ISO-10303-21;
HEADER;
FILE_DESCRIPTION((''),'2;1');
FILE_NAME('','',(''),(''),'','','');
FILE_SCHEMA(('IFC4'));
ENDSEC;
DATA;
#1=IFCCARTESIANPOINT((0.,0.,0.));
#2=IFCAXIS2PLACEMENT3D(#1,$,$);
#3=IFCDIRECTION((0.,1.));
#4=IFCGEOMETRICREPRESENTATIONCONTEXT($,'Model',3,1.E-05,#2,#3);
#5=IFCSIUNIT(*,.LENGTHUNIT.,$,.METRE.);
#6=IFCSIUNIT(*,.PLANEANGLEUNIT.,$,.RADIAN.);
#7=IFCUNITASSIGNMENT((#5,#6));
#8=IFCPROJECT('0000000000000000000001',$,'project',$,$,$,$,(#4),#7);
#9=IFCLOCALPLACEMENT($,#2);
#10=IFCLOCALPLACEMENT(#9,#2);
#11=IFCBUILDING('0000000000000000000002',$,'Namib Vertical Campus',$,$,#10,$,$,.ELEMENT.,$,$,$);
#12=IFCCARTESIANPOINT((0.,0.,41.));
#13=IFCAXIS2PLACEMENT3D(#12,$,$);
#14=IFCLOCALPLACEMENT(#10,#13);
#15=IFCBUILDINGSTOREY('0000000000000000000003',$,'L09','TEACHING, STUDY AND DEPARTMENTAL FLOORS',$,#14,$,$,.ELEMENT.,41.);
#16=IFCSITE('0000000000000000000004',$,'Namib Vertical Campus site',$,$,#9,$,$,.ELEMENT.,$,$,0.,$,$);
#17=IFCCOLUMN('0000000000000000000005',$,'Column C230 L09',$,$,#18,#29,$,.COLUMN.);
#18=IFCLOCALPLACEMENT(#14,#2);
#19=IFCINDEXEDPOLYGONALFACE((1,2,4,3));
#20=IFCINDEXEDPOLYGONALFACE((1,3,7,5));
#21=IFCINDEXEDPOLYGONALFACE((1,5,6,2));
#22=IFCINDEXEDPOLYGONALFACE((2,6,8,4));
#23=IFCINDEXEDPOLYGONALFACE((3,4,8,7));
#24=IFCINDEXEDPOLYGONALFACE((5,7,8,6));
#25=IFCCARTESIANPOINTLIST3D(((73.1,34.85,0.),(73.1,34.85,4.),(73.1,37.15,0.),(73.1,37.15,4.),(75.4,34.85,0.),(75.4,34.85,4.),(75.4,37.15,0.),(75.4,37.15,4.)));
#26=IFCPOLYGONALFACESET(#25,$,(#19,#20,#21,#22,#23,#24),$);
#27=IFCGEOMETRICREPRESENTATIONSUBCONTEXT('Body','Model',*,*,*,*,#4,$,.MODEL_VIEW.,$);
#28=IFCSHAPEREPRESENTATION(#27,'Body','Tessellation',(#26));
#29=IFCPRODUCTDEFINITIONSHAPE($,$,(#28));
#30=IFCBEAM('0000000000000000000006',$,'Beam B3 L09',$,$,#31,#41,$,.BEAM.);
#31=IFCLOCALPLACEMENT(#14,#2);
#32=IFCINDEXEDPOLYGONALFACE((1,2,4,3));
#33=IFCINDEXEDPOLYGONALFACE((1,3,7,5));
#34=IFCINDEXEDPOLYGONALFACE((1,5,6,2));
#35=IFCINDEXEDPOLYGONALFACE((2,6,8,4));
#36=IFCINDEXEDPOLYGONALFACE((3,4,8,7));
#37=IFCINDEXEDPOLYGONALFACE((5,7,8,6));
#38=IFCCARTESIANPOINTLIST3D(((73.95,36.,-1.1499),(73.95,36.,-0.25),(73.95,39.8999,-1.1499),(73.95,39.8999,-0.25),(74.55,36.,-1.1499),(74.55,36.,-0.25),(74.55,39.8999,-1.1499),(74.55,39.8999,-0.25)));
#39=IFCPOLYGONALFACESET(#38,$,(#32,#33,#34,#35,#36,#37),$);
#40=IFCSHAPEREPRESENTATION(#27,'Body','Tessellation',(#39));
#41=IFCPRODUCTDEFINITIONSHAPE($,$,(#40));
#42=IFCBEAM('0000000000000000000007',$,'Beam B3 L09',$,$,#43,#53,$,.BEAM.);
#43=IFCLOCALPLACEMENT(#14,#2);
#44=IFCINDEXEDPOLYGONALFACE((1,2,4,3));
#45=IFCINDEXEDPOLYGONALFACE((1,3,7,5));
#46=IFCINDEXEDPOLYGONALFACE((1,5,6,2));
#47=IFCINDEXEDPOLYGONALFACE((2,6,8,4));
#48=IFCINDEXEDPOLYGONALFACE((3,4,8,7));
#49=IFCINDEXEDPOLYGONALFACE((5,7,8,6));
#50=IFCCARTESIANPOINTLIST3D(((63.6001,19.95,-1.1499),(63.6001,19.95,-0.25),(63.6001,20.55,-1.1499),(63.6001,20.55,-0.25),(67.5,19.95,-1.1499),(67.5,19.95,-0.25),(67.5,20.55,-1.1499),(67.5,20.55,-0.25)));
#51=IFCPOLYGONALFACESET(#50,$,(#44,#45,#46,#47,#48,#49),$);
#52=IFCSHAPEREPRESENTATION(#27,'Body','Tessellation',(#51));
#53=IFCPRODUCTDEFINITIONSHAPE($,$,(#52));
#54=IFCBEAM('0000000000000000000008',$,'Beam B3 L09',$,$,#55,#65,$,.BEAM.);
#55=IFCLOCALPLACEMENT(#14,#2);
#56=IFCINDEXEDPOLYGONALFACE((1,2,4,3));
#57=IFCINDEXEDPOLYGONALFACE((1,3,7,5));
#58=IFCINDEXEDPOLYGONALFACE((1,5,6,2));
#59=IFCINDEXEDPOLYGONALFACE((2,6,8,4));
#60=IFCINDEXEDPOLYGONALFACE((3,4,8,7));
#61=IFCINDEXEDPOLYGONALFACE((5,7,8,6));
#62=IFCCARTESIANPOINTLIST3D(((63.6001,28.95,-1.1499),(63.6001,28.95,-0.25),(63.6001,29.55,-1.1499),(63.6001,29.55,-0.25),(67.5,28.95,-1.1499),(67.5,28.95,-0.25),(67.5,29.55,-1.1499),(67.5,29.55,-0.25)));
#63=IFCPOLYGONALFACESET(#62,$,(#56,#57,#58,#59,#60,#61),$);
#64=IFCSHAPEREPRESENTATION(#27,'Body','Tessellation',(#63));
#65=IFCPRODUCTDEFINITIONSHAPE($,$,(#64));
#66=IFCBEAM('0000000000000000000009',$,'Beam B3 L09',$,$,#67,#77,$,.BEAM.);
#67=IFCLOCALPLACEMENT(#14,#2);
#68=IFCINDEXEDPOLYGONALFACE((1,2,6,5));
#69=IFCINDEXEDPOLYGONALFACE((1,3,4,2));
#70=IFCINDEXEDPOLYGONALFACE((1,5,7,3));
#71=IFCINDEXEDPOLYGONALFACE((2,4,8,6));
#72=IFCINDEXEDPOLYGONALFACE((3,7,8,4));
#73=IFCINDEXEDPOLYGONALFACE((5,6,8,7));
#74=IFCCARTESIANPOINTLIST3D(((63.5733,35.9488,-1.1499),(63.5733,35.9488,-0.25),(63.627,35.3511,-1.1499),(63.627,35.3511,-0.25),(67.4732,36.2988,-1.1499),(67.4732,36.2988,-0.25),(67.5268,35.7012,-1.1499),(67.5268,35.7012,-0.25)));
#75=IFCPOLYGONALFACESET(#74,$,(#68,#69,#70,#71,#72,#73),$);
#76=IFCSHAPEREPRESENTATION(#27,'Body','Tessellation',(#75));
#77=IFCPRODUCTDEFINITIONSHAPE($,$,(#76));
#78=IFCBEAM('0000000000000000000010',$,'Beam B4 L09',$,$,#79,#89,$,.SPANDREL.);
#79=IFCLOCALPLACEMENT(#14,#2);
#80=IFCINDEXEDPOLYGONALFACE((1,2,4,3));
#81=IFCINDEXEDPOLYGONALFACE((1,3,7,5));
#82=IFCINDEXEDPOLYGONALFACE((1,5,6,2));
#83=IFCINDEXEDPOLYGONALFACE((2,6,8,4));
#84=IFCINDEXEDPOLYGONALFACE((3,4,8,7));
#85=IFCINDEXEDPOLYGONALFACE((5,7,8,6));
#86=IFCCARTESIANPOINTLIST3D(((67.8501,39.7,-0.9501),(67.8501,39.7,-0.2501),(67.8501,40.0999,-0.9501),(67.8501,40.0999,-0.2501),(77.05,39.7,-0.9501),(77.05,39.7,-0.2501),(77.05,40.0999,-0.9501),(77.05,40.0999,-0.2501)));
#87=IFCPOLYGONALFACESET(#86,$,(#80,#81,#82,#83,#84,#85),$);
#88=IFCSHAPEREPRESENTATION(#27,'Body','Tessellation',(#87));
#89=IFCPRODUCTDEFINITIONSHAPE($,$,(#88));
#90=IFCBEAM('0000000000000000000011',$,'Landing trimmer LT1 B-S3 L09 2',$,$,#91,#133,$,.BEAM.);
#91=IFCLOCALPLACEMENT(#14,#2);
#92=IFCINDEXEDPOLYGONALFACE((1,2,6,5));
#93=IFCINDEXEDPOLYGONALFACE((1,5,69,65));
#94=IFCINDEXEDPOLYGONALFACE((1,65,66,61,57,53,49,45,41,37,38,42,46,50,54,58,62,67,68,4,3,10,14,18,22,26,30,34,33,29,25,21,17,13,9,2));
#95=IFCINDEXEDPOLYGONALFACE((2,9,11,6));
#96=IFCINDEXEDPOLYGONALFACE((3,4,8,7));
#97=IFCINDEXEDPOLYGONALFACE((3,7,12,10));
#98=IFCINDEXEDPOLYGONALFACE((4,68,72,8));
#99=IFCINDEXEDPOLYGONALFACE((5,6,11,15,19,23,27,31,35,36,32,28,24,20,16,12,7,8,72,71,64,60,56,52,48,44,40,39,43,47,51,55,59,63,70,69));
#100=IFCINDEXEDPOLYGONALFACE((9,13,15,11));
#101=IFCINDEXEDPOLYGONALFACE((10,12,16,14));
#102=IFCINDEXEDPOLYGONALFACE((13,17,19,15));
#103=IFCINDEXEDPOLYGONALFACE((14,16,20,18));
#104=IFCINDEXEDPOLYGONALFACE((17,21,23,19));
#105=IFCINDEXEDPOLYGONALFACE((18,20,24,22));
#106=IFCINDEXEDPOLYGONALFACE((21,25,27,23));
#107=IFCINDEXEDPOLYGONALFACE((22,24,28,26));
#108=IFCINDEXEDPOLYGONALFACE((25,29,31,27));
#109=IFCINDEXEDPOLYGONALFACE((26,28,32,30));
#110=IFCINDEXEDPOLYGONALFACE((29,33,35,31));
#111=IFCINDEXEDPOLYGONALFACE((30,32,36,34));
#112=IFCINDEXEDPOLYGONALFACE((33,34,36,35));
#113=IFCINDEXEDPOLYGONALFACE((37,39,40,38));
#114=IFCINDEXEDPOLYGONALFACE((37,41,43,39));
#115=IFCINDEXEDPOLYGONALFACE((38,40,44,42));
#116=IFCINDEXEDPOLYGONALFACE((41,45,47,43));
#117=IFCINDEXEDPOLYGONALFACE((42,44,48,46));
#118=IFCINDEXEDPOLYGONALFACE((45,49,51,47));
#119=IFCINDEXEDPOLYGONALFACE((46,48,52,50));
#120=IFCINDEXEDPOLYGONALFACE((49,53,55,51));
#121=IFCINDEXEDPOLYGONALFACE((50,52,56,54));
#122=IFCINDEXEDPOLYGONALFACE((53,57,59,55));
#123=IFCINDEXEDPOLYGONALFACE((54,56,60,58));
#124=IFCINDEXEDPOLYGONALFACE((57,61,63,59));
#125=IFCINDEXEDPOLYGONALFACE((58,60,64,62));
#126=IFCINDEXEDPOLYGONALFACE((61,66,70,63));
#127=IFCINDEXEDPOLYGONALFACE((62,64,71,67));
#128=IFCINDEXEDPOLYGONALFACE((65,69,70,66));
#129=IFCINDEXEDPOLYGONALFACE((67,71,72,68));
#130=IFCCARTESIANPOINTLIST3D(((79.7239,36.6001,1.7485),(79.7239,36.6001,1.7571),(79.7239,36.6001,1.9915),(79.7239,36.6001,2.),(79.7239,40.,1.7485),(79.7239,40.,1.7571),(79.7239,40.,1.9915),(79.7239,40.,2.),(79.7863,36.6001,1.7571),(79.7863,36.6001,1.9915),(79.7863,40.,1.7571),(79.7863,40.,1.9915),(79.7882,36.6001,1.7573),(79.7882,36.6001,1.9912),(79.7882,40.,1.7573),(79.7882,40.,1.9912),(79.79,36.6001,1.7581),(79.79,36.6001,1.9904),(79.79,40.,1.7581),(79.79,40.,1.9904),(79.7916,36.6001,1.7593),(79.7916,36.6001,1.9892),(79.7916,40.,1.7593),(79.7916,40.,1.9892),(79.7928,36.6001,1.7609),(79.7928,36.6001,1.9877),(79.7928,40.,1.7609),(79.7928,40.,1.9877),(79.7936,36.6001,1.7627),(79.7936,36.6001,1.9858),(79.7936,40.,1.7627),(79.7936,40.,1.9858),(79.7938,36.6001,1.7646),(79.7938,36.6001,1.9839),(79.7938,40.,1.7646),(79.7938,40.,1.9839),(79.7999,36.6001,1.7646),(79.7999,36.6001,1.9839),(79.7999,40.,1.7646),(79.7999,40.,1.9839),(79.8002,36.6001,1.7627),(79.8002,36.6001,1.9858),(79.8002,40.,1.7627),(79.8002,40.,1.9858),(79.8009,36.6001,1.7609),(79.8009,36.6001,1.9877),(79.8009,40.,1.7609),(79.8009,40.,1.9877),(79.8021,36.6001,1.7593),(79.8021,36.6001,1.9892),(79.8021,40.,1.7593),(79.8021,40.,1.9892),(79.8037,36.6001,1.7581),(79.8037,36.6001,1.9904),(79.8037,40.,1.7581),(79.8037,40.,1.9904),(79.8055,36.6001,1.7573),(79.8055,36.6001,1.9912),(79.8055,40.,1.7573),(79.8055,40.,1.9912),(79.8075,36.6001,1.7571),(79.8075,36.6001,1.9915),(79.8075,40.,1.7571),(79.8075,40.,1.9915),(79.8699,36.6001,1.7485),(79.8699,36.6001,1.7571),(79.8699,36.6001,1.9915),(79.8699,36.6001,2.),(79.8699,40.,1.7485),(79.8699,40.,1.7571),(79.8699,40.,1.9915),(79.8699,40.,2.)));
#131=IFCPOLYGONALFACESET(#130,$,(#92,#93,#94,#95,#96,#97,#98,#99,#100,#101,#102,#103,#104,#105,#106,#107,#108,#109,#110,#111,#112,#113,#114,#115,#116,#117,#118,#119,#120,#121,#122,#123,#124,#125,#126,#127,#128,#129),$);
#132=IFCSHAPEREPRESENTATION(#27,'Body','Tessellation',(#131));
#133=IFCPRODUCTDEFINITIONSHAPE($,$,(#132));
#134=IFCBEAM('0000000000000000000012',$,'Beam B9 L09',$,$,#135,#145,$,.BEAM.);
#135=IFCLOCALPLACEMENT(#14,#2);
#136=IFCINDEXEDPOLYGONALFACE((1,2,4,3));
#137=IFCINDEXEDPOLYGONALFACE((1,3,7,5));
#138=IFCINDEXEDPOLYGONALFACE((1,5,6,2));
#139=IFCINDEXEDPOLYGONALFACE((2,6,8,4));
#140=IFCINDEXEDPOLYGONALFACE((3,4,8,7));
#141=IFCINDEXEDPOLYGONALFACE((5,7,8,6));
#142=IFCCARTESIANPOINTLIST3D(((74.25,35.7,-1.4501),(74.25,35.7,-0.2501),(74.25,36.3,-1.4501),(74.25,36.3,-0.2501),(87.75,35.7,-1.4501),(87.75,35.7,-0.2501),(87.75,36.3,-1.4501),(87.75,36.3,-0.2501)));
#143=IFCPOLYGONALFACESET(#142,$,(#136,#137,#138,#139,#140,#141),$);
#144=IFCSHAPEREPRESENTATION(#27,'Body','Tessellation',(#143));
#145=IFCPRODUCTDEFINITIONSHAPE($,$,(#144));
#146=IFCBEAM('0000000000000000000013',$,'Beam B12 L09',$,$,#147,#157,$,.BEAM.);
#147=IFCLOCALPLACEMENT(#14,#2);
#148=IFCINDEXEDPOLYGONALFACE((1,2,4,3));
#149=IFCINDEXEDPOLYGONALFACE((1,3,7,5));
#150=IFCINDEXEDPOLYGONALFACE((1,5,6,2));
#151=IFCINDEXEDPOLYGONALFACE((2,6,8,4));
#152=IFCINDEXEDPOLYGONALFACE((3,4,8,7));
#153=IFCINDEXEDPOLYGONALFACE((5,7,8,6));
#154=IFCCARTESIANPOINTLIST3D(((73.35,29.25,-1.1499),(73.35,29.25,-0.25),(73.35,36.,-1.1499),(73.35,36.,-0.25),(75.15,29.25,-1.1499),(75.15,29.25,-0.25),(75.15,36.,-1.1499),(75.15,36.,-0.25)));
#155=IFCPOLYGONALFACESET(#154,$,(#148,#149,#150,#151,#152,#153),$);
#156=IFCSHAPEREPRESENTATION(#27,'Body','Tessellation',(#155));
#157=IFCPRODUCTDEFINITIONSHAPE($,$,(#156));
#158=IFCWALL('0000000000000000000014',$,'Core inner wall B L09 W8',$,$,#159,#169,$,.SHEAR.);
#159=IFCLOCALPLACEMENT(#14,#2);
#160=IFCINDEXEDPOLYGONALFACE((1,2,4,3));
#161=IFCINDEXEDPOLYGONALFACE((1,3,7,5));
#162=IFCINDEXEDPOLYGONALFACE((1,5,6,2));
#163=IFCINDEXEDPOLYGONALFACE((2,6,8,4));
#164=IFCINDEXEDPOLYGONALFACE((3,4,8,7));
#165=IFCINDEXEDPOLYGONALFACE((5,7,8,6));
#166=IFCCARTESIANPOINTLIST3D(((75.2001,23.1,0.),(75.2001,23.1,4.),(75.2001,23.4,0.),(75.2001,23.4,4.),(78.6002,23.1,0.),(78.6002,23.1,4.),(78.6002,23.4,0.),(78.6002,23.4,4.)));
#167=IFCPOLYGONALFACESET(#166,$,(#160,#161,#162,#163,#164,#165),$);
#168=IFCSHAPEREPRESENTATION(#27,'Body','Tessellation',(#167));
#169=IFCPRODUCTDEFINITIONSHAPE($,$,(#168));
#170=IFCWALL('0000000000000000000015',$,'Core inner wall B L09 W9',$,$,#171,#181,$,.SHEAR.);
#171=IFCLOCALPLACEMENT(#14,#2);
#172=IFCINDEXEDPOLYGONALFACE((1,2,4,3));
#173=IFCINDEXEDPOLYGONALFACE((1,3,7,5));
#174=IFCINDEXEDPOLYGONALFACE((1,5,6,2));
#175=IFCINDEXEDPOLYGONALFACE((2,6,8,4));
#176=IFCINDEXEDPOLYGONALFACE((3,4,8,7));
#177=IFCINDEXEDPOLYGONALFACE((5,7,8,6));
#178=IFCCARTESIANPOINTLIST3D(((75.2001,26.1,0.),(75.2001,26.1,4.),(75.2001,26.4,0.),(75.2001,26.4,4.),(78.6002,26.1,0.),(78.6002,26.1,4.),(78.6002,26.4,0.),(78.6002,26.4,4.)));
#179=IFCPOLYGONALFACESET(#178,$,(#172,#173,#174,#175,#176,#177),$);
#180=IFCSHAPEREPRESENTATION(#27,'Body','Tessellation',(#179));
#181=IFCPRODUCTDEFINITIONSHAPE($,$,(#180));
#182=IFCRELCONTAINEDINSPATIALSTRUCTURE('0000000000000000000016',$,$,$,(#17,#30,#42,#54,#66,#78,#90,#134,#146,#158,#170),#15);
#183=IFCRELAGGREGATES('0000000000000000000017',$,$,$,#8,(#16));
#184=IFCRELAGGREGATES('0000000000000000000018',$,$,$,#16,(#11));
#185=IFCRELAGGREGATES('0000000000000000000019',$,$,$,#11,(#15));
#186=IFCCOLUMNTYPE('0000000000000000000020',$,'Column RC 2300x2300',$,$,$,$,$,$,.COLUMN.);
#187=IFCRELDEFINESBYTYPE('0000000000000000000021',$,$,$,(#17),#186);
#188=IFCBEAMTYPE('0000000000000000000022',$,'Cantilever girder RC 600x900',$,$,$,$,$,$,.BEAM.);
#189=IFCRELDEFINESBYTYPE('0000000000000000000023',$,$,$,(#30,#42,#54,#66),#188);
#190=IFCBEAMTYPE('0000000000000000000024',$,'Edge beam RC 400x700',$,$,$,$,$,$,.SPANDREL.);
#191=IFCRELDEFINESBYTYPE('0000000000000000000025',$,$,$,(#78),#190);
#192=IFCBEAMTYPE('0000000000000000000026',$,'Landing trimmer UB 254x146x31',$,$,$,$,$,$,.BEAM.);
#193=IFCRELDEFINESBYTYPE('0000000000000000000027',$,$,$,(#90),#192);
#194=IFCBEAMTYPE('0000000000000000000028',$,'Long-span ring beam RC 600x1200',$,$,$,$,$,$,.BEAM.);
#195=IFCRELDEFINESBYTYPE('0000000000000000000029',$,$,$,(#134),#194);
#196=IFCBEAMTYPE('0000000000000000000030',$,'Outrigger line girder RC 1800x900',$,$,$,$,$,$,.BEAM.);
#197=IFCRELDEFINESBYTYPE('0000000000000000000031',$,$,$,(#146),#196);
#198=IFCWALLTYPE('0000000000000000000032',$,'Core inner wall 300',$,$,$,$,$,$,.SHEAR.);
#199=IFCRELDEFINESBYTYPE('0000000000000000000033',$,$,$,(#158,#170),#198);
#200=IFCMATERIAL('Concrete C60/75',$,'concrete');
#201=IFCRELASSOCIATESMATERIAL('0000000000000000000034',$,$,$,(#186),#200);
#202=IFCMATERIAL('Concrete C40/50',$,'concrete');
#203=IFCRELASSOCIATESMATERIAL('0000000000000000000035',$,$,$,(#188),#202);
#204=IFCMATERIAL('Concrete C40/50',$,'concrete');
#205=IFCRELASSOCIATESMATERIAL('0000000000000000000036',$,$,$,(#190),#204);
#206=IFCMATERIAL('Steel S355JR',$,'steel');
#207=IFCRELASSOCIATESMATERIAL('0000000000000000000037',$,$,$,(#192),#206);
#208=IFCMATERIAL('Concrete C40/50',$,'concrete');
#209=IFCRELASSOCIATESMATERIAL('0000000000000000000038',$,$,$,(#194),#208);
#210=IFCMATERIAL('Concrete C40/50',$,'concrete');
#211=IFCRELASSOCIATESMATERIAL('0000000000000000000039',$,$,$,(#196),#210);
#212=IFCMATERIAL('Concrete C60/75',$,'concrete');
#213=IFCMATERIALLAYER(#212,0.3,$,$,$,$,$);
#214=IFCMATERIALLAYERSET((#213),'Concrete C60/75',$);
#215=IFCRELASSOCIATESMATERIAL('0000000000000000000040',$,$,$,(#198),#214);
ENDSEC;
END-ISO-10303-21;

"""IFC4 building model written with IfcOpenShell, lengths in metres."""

from ifc_helpers import new_model, si_unit, direction, frame, frame_2d, origin, origin_2d, place, context, subcontext, project, spatial, rectangle, i_section, extrude, material, layer, layer_set, material_profile, profile_set, type_object, element, save


model = new_model("IFC4")

# Units and contexts
model_context = context("Model", 3, precision=1e-05, world=origin(), true_north=direction((0.0, 1.0)))
body_context = subcontext(model_context, "Body", "Model", "MODEL_VIEW")
ifc_project = project(units=[si_unit("LENGTHUNIT", "METRE"), si_unit("PLANEANGLEUNIT", "RADIAN")], contexts=[model_context])

# Site, building, storey
site_placement = place(None, origin())
site = spatial("IfcSite", under=ifc_project, at=site_placement, Name="Namib Vertical Campus site", CompositionType="ELEMENT", RefElevation=0.0)
building_placement = place(site_placement, origin())
building = spatial("IfcBuilding", under=site, at=building_placement, Name="Namib Vertical Campus", CompositionType="ELEMENT")
storey_placement = place(building_placement, frame((0.0, 0.0, 41.0)))
storey = spatial("IfcBuildingStorey", under=building, at=storey_placement, Name="L09", Description="TEACHING, STUDY AND DEPARTMENTAL FLOORS", CompositionType="ELEMENT", Elevation=41.0)

# Column
ifc_material_1 = material(Name="Concrete C60/75", Category="concrete")
ifc_material_profile_1 = material_profile(ifc_material_1, rectangle(XDim=2.3, YDim=2.3, at=origin_2d()))
ifc_profile_set_1 = profile_set([ifc_material_profile_1], Name="Concrete C60/75")
column_type = type_object("IfcColumnType", Name="Column RC 2300x2300", PredefinedType="COLUMN", material=ifc_profile_set_1)
column_placement = place(storey_placement, frame((74.25, 36.0, 0.0), z_axis=(0.0, 0.0, 1.0), x_axis=(1.0, 0.0, 0.0)))
element("IfcColumn", 1, at=column_placement, inside=storey, type_object=column_type, Name="Column C230 L09", PredefinedType="COLUMN", context=body_context, shape_type="SweptSolid", body=[
    extrude(rectangle(XDim=2.3, YDim=2.3, at=origin_2d()), origin(), (0.0, 0.0, 1.0), 4.0),
])

# Beams
ifc_material_2 = material(Name="Concrete C40/50", Category="concrete")
ifc_material_profile_2 = material_profile(ifc_material_2, rectangle(XDim=0.6001, YDim=0.8999, at=origin_2d()))
ifc_profile_set_2 = profile_set([ifc_material_profile_2], Name="Concrete C40/50")
beam_type_1 = type_object("IfcBeamType", Name="Cantilever girder RC 600x900", PredefinedType="BEAM", material=ifc_profile_set_2)
for number, where, z_axis, x_axis, name in (
    (2, (74.25, 36.0, -0.7), (0.0, 1.0, 0.0), (-1.0, 0.0, 0.0), "Beam B3 L09"),
    (3, (67.5, 20.25, -0.7), (-1.0, 0.0, 0.0), (0.0, -1.0, 0.0), "Beam B3 L09"),
    (4, (67.5, 29.25, -0.7), (-1.0, 0.0, 0.0), (0.0, -1.0, 0.0), "Beam B3 L09"),
):
    element("IfcBeam", number, at=place(storey_placement, frame(where, z_axis=z_axis, x_axis=x_axis)), inside=storey, type_object=beam_type_1, Name=name, PredefinedType="BEAM", context=body_context, shape_type="SweptSolid", body=[
        extrude(rectangle(XDim=0.6001, YDim=0.8999, at=origin_2d()), origin(), (0.0, 0.0, 1.0), 3.8999),
    ])
beam_1_placement = place(storey_placement, frame((67.5, 36.0, -0.7), z_axis=(-0.995995, -0.089411, 0.0), x_axis=(0.089411, -0.995995, 0.0)))
element("IfcBeam", 5, at=beam_1_placement, inside=storey, type_object=beam_type_1, Name="Beam B3 L09", PredefinedType="BEAM", context=body_context, shape_type="SweptSolid", body=[
    extrude(rectangle(XDim=0.6001, YDim=0.8999, at=origin_2d()), origin(), (0.0, 0.0, 1.0), 3.9155),
])
ifc_material_3 = material(Name="Concrete C40/50", Category="concrete")
ifc_material_profile_3 = material_profile(ifc_material_3, rectangle(XDim=0.3999, YDim=0.7, at=origin_2d()))
ifc_profile_set_3 = profile_set([ifc_material_profile_3], Name="Concrete C40/50")
beam_type_2 = type_object("IfcBeamType", Name="Edge beam RC 400x700", PredefinedType="SPANDREL", material=ifc_profile_set_3)
beam_2_placement = place(storey_placement, frame((67.8501, 39.8999, -0.6001), z_axis=(1.0, 0.0, 0.0), x_axis=(0.0, 1.0, 0.0)))
element("IfcBeam", 6, at=beam_2_placement, inside=storey, type_object=beam_type_2, Name="Beam B4 L09", PredefinedType="SPANDREL", context=body_context, shape_type="SweptSolid", body=[
    extrude(rectangle(XDim=0.3999, YDim=0.7, at=origin_2d()), origin(), (0.0, 0.0, 1.0), 9.2),
])
ifc_material_4 = material(Name="Steel S355JR", Category="steel")
ifc_material_profile_4 = material_profile(ifc_material_4, i_section(OverallWidth=0.146, OverallDepth=0.2515, WebThickness=0.0061, FlangeThickness=0.0085, FilletRadius=0.0076, at=origin_2d()))
ifc_profile_set_4 = profile_set([ifc_material_profile_4], Name="Steel S355JR")
beam_type_3 = type_object("IfcBeamType", Name="Landing trimmer UB 254x146x31", PredefinedType="BEAM", material=ifc_profile_set_4)
beam_3_placement = place(storey_placement, frame((79.7969, 36.6001, 1.8743), z_axis=(0.0, 1.0, 0.0), x_axis=(-1.0, 0.0, 0.0)))
element("IfcBeam", 7, at=beam_3_placement, inside=storey, type_object=beam_type_3, Name="Landing trimmer LT1 B-S3 L09 2", PredefinedType="BEAM", context=body_context, shape_type="SweptSolid", body=[
    extrude(i_section(OverallWidth=0.146, OverallDepth=0.2515, WebThickness=0.0061, FlangeThickness=0.0085, FilletRadius=0.0076, at=origin_2d()), origin(), (0.0, 0.0, 1.0), 3.3999),
])
ifc_material_5 = material(Name="Concrete C40/50", Category="concrete")
ifc_material_profile_5 = material_profile(ifc_material_5, rectangle(XDim=0.6001, YDim=1.2, at=origin_2d()))
ifc_profile_set_5 = profile_set([ifc_material_profile_5], Name="Concrete C40/50")
beam_type_4 = type_object("IfcBeamType", Name="Long-span ring beam RC 600x1200", PredefinedType="BEAM", material=ifc_profile_set_5)
beam_4_placement = place(storey_placement, frame((74.25, 36.0, -0.8501), z_axis=(1.0, 0.0, 0.0), x_axis=(0.0, 1.0, 0.0)))
element("IfcBeam", 8, at=beam_4_placement, inside=storey, type_object=beam_type_4, Name="Beam B9 L09", PredefinedType="BEAM", context=body_context, shape_type="SweptSolid", body=[
    extrude(rectangle(XDim=0.6001, YDim=1.2, at=origin_2d()), origin(), (0.0, 0.0, 1.0), 13.5),
])
ifc_material_6 = material(Name="Concrete C40/50", Category="concrete")
ifc_material_profile_6 = material_profile(ifc_material_6, rectangle(XDim=1.8, YDim=0.8999, at=origin_2d()))
ifc_profile_set_6 = profile_set([ifc_material_profile_6], Name="Concrete C40/50")
beam_type_5 = type_object("IfcBeamType", Name="Outrigger line girder RC 1800x900", PredefinedType="BEAM", material=ifc_profile_set_6)
beam_5_placement = place(storey_placement, frame((74.25, 36.0, -0.7), z_axis=(0.0, -1.0, 0.0), x_axis=(1.0, 0.0, 0.0)))
element("IfcBeam", 9, at=beam_5_placement, inside=storey, type_object=beam_type_5, Name="Beam B12 L09", PredefinedType="BEAM", context=body_context, shape_type="SweptSolid", body=[
    extrude(rectangle(XDim=1.8, YDim=0.8999, at=origin_2d()), origin(), (0.0, 0.0, 1.0), 6.75),
])

# Walls
ifc_material_7 = material(Name="Concrete C60/75", Category="concrete")
ifc_layer_1 = layer(ifc_material_7, 0.3)
ifc_layer_set_1 = layer_set([ifc_layer_1], Name="Concrete C60/75")
wall_type_1 = type_object("IfcWallType", Name="Core inner wall 300", PredefinedType="SHEAR", material=ifc_layer_set_1)
for number, where, z_axis, x_axis, name in (
    (10, (75.2, 23.25, 0.0), (0.0, 0.0, 1.0), (1.0, 0.0, 0.0), "Core inner wall B L09 W8"),
    (11, (75.2, 26.25, 0.0), (0.0, 0.0, 1.0), (1.0, 0.0, 0.0), "Core inner wall B L09 W9"),
):
    element("IfcWall", number, at=place(storey_placement, frame(where, z_axis=z_axis, x_axis=x_axis)), inside=storey, type_object=wall_type_1, Name=name, PredefinedType="SHEAR", context=body_context, shape_type="SweptSolid", body=[
        extrude(rectangle(XDim=3.4001, YDim=0.3, at=frame_2d((1.7002, 0.0))), origin(), (0.0, 0.0, 1.0), 4.0),
    ])

save(model, "model.ifc")
